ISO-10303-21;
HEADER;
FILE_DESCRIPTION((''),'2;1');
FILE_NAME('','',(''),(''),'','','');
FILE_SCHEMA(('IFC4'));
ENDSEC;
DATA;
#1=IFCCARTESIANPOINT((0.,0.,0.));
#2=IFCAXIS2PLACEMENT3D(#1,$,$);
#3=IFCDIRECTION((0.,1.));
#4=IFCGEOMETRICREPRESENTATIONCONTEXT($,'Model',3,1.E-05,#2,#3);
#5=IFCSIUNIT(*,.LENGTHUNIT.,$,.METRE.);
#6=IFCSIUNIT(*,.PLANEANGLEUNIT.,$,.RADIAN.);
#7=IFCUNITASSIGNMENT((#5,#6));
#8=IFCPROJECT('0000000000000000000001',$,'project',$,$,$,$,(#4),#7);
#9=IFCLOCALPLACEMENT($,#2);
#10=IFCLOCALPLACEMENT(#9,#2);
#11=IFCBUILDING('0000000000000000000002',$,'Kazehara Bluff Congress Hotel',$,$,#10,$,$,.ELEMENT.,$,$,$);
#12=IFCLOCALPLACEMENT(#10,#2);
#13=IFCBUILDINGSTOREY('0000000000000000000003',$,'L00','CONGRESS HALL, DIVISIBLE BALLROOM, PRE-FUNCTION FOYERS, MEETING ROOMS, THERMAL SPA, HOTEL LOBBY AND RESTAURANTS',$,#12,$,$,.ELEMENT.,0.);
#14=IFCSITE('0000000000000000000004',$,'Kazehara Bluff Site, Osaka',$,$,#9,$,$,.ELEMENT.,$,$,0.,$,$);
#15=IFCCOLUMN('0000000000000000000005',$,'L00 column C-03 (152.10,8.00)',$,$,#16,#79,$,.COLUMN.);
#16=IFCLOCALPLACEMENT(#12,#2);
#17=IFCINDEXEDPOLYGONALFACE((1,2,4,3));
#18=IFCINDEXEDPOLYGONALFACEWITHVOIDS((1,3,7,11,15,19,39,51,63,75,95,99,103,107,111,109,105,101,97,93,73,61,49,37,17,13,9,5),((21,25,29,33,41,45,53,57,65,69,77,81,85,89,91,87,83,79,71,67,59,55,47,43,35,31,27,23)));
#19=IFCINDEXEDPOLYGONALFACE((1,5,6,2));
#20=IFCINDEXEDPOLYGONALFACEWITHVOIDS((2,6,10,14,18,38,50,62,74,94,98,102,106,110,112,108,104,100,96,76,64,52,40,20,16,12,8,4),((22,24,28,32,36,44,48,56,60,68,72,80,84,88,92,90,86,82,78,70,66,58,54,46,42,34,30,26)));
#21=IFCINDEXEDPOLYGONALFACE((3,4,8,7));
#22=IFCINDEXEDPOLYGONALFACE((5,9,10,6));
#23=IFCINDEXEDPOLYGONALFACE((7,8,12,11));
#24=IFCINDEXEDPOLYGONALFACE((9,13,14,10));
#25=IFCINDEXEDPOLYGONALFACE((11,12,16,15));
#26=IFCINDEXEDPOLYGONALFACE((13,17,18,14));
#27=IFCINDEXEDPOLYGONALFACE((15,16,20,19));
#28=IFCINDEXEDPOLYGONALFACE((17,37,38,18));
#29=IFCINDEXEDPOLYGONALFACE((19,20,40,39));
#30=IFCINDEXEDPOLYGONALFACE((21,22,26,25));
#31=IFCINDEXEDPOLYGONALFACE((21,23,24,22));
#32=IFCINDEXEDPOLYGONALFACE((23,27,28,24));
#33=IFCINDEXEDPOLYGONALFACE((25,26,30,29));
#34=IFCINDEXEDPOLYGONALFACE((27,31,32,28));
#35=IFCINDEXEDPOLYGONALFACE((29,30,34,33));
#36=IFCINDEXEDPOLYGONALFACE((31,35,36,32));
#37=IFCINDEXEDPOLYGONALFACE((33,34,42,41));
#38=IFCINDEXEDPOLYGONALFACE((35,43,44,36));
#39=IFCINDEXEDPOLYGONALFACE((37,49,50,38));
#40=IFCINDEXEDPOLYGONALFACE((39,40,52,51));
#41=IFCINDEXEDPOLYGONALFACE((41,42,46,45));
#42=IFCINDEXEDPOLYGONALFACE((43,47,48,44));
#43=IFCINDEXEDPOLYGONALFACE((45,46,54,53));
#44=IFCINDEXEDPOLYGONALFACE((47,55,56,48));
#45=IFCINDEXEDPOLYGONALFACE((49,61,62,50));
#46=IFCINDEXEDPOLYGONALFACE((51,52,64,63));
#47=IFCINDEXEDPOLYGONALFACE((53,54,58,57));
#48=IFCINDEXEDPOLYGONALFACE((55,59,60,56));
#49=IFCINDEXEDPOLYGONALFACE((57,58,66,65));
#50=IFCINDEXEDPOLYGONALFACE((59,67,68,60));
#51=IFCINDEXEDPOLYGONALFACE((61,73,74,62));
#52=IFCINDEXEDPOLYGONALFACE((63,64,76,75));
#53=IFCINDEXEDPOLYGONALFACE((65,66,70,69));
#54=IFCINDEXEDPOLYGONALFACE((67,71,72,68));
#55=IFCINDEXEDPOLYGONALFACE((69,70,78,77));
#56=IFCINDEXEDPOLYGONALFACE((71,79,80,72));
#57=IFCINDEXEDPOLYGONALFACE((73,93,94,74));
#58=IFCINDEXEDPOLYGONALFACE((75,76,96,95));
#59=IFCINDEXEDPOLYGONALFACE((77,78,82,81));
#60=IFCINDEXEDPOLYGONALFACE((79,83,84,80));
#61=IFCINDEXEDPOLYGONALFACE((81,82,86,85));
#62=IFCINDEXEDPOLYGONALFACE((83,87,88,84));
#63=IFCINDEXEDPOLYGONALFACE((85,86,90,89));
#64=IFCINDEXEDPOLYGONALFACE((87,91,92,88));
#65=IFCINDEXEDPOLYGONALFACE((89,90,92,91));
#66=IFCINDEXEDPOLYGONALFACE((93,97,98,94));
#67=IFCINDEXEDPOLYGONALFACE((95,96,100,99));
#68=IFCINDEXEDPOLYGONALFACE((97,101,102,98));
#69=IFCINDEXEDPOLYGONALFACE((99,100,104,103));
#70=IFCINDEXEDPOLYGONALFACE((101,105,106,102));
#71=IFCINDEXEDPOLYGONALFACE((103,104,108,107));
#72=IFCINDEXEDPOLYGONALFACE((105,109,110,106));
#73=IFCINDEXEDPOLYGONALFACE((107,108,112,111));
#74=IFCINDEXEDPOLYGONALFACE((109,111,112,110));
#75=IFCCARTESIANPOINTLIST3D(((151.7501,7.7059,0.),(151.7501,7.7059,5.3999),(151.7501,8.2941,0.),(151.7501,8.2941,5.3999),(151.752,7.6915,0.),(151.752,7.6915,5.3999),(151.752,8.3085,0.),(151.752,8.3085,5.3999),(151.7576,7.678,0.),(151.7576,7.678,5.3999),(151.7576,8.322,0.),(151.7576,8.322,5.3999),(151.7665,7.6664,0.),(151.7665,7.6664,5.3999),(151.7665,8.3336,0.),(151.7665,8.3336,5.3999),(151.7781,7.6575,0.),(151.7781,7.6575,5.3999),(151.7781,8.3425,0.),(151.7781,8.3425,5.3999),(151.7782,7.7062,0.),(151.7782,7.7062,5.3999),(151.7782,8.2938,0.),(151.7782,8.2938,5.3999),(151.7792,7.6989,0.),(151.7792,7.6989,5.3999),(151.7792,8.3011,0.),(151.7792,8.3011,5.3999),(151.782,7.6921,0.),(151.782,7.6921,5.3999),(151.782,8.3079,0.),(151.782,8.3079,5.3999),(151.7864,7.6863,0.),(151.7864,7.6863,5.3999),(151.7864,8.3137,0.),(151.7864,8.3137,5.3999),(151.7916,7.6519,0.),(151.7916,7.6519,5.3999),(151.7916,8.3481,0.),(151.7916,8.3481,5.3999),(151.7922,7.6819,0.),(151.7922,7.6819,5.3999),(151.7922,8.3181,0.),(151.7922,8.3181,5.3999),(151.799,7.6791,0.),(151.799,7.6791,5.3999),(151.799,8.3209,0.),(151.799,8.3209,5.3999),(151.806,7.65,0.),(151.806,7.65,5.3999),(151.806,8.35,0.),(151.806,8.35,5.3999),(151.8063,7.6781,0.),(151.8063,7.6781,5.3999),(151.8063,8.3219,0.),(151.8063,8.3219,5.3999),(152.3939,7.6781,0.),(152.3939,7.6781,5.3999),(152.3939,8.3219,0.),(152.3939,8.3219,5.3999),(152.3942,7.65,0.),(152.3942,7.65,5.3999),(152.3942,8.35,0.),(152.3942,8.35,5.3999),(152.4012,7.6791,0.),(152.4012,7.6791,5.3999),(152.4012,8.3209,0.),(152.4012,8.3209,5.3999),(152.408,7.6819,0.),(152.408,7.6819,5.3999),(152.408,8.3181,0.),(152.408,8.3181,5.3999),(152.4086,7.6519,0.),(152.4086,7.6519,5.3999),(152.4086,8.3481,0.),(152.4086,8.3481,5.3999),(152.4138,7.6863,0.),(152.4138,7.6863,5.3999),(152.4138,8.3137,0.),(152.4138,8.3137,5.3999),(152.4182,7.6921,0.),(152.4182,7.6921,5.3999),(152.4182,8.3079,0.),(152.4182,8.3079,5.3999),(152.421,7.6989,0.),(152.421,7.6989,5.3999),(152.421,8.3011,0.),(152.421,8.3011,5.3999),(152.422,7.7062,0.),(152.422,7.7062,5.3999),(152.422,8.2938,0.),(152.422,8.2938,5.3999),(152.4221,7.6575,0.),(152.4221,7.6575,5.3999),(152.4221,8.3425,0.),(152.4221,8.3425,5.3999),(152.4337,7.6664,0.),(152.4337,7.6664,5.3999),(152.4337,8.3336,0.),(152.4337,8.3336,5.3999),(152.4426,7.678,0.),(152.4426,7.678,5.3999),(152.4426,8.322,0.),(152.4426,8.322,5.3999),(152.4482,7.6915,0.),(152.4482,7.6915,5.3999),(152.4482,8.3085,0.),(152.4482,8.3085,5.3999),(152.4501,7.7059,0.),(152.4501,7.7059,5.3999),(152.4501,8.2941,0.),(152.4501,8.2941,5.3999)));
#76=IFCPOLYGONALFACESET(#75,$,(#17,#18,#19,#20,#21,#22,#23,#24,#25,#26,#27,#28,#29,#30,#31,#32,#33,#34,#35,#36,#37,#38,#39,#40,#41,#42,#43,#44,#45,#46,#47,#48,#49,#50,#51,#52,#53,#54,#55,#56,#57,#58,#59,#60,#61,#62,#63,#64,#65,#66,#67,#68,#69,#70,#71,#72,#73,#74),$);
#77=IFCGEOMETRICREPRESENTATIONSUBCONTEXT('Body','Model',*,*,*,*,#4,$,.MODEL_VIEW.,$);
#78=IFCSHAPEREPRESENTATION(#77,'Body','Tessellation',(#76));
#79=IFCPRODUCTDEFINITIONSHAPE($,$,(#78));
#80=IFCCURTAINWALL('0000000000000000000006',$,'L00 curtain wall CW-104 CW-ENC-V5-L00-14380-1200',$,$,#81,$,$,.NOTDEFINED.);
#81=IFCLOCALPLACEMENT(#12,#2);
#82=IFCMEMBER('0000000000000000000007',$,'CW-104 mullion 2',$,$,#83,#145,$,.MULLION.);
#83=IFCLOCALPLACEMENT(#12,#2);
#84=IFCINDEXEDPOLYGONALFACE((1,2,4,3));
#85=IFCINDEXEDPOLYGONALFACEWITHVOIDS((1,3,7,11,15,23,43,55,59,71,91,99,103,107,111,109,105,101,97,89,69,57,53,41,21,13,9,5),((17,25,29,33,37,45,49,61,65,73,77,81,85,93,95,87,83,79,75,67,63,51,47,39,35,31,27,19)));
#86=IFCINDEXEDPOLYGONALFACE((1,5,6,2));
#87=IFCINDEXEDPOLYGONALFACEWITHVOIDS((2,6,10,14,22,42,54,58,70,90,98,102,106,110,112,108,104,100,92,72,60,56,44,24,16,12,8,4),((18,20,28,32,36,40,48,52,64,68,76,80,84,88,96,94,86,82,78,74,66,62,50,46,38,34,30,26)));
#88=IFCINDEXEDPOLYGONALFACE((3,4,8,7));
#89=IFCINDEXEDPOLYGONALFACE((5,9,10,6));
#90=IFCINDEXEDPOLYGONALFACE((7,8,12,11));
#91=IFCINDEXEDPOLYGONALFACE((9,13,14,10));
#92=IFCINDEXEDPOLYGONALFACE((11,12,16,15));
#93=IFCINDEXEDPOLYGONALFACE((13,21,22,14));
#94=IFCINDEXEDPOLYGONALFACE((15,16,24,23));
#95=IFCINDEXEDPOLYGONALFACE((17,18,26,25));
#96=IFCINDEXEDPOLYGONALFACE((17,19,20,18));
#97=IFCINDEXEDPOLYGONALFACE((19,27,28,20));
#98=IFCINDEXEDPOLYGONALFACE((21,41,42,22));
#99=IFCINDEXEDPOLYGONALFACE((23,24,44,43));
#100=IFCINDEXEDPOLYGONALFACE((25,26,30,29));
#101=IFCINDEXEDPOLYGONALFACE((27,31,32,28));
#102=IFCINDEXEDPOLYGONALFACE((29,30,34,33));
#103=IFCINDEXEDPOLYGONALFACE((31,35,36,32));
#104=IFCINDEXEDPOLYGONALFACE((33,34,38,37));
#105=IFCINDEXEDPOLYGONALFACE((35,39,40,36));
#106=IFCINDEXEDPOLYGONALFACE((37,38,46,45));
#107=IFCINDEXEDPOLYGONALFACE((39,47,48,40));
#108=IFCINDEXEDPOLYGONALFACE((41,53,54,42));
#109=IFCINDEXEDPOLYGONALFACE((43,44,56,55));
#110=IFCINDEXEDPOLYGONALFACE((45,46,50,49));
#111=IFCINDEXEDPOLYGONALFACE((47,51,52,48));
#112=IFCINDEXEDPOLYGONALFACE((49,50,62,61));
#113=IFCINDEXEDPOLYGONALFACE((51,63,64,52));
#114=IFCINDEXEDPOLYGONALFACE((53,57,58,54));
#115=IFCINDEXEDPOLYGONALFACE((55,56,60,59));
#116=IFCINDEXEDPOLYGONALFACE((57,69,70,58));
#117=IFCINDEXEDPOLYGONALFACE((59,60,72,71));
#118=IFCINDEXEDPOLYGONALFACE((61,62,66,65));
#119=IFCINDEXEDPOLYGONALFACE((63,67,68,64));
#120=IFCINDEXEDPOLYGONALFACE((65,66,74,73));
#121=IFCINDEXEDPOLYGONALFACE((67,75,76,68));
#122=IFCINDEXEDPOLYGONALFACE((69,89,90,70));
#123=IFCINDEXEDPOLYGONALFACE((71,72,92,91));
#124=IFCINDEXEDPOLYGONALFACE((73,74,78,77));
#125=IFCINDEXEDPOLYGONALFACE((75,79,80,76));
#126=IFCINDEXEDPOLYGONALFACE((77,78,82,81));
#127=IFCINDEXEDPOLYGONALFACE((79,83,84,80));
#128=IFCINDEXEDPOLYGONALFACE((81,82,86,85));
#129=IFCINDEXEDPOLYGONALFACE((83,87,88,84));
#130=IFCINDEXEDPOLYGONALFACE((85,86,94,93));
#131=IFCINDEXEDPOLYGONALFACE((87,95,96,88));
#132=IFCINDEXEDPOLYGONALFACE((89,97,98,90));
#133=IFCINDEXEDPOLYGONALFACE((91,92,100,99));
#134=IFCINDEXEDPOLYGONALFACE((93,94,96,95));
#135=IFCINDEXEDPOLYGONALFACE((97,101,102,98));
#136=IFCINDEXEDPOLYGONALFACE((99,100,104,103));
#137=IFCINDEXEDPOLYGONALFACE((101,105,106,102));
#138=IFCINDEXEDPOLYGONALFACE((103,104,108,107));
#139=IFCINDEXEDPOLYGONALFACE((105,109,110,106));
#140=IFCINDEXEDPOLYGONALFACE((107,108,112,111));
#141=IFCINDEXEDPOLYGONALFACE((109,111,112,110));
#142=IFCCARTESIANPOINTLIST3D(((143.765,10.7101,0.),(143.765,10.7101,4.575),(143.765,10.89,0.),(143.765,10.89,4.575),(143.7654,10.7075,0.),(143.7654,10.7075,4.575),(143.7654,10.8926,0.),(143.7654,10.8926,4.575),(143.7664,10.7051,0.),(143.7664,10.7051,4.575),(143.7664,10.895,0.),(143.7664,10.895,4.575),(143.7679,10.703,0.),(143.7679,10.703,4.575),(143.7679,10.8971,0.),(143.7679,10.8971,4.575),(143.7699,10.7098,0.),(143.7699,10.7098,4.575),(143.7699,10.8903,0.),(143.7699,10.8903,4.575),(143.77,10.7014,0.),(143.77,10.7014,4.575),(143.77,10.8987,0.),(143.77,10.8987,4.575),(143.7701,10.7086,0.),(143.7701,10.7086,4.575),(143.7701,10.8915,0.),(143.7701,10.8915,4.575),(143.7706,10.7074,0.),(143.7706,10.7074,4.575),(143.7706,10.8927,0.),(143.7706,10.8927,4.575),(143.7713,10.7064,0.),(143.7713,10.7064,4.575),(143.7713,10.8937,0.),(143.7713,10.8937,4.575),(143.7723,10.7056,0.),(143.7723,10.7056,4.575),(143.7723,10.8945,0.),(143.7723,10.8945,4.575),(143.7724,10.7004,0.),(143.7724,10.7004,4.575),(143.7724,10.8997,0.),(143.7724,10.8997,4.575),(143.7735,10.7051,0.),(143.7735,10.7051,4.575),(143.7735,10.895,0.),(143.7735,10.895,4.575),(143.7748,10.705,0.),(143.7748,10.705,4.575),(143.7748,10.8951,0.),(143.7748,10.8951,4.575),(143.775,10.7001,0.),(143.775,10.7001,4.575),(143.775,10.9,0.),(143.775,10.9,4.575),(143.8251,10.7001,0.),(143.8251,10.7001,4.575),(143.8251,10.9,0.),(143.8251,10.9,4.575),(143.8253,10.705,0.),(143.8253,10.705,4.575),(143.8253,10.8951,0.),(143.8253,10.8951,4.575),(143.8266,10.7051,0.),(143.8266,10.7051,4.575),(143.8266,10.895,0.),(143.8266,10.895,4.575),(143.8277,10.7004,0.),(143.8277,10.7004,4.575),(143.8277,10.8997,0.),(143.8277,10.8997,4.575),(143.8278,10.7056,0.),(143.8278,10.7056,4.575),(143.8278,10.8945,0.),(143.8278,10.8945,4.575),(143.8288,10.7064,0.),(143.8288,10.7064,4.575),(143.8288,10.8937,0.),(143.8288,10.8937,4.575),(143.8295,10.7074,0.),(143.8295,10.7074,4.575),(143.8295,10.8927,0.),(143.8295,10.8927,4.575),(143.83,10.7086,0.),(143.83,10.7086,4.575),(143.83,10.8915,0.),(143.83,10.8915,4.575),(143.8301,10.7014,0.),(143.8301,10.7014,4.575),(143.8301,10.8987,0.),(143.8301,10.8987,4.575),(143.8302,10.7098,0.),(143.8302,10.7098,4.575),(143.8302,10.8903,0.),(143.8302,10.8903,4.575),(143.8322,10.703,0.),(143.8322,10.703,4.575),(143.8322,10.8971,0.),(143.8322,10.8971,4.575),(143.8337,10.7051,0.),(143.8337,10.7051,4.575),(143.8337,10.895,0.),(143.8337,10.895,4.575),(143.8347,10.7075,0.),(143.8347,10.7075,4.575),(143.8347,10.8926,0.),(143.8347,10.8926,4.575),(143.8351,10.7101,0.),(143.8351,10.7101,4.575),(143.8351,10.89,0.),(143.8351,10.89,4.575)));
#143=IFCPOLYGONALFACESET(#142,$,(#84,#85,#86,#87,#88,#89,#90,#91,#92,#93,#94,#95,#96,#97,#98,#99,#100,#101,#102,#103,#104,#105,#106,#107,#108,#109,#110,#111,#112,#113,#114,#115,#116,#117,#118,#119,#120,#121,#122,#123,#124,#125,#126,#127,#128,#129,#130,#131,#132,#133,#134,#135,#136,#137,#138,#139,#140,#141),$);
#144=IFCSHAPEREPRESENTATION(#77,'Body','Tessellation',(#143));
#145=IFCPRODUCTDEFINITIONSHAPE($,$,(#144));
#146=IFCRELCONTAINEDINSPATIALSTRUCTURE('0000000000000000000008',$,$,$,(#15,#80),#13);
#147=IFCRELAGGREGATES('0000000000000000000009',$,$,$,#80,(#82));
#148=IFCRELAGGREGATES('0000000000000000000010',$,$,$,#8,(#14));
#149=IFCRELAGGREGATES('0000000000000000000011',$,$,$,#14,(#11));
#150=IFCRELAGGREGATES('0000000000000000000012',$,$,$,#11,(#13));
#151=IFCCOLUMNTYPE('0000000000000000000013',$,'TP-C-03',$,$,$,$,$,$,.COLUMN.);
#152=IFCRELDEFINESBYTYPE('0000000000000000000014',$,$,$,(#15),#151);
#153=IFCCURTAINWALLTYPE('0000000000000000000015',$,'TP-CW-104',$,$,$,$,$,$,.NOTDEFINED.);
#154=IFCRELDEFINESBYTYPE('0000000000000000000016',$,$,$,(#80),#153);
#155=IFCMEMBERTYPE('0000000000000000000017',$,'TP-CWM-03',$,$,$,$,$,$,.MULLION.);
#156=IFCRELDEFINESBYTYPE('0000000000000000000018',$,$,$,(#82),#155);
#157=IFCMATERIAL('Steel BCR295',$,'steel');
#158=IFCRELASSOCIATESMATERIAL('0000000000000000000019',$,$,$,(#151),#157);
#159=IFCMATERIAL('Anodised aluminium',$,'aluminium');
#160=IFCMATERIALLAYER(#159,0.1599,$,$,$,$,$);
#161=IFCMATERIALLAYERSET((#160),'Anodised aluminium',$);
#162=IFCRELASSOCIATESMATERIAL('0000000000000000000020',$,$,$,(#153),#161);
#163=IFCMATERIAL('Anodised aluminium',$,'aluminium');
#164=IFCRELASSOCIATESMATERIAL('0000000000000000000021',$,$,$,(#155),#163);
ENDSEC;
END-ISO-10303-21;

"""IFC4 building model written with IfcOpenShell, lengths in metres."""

from ifc_helpers import new_model, si_unit, direction, frame, origin, origin_2d, place, context, subcontext, project, spatial, hollow_rectangle, extrude, material, layer, layer_set, material_profile, profile_set, type_object, element, aggregate, save


model = new_model("IFC4")

# Units and contexts
model_context = context("Model", 3, precision=1e-05, world=origin(), true_north=direction((0.0, 1.0)))
body_context = subcontext(model_context, "Body", "Model", "MODEL_VIEW")
ifc_project = project(units=[si_unit("LENGTHUNIT", "METRE"), si_unit("PLANEANGLEUNIT", "RADIAN")], contexts=[model_context])

# Site, building, storey
site_placement = place(None, origin())
site = spatial("IfcSite", under=ifc_project, at=site_placement, Name="Kazehara Bluff Site, Osaka", CompositionType="ELEMENT", RefElevation=0.0)
building_placement = place(site_placement, origin())
building = spatial("IfcBuilding", under=site, at=building_placement, Name="Kazehara Bluff Congress Hotel", CompositionType="ELEMENT")
storey_placement = place(building_placement, origin())
storey = spatial("IfcBuildingStorey", under=building, at=storey_placement, Name="L00", Description="CONGRESS HALL, DIVISIBLE BALLROOM, PRE-FUNCTION FOYERS, MEETING ROOMS, THERMAL SPA, HOTEL LOBBY AND RESTAURANTS", CompositionType="ELEMENT", Elevation=0.0)

# Column
ifc_material_1 = material(Name="Steel BCR295", Category="steel")
ifc_material_profile_1 = material_profile(ifc_material_1, hollow_rectangle(XDim=0.7, YDim=0.7, WallThickness=0.0281, InnerFilletRadius=0.0281, OuterFilletRadius=0.0559, at=origin_2d()))
ifc_profile_set_1 = profile_set([ifc_material_profile_1], Name="Steel BCR295")
column_type = type_object("IfcColumnType", Name="TP-C-03", PredefinedType="COLUMN", material=ifc_profile_set_1)
column_placement = place(storey_placement, frame((152.1001, 8.0, 0.0), z_axis=(0.0, 0.0, 1.0), x_axis=(1.0, 0.0, 0.0)))
element("IfcColumn", 1, at=column_placement, inside=storey, type_object=column_type, Name="L00 column C-03 (152.10,8.00)", PredefinedType="COLUMN", context=body_context, shape_type="SweptSolid", body=[
    extrude(hollow_rectangle(XDim=0.7, YDim=0.7, WallThickness=0.0281, InnerFilletRadius=0.0281, OuterFilletRadius=0.0559, at=origin_2d()), origin(), (0.0, 0.0, 1.0), 5.3999),
])

# Curtain wall, member
ifc_material_2 = material(Name="Anodised aluminium", Category="aluminium")
ifc_layer_1 = layer(ifc_material_2, 0.1599)
ifc_layer_set_1 = layer_set([ifc_layer_1], Name="Anodised aluminium")
curtain_wall_type = type_object("IfcCurtainWallType", Name="TP-CW-104", PredefinedType="NOTDEFINED", material=ifc_layer_set_1)
curtain_wall_placement = place(storey_placement, origin())
curtain_wall = element("IfcCurtainWall", 2, at=curtain_wall_placement, inside=storey, type_object=curtain_wall_type, Name="L00 curtain wall CW-104 CW-ENC-V5-L00-14380-1200", PredefinedType="NOTDEFINED")
ifc_material_3 = material(Name="Anodised aluminium", Category="aluminium")
ifc_material_profile_2 = material_profile(ifc_material_3, hollow_rectangle(XDim=0.0701, YDim=0.2, WallThickness=0.0049, InnerFilletRadius=0.0049, OuterFilletRadius=0.01, at=origin_2d()))
ifc_profile_set_2 = profile_set([ifc_material_profile_2], Name="Anodised aluminium")
member_type_1 = type_object("IfcMemberType", Name="TP-CWM-03", PredefinedType="MULLION", material=ifc_profile_set_2)
member_1_placement = place(storey_placement, frame((143.8, 10.8, 0.0), z_axis=(0.0, 0.0, 1.0), x_axis=(-1.0, 0.0, 0.0)))
member_1 = element("IfcMember", 3, at=member_1_placement, type_object=member_type_1, Name="CW-104 mullion 2", PredefinedType="MULLION", context=body_context, shape_type="SweptSolid", body=[
    extrude(hollow_rectangle(XDim=0.0701, YDim=0.2, WallThickness=0.0049, InnerFilletRadius=0.0049, OuterFilletRadius=0.01, at=origin_2d()), origin(), (0.0, 0.0, 1.0), 4.575),
])

aggregate(curtain_wall, [member_1])

save(model, "model.ifc")
